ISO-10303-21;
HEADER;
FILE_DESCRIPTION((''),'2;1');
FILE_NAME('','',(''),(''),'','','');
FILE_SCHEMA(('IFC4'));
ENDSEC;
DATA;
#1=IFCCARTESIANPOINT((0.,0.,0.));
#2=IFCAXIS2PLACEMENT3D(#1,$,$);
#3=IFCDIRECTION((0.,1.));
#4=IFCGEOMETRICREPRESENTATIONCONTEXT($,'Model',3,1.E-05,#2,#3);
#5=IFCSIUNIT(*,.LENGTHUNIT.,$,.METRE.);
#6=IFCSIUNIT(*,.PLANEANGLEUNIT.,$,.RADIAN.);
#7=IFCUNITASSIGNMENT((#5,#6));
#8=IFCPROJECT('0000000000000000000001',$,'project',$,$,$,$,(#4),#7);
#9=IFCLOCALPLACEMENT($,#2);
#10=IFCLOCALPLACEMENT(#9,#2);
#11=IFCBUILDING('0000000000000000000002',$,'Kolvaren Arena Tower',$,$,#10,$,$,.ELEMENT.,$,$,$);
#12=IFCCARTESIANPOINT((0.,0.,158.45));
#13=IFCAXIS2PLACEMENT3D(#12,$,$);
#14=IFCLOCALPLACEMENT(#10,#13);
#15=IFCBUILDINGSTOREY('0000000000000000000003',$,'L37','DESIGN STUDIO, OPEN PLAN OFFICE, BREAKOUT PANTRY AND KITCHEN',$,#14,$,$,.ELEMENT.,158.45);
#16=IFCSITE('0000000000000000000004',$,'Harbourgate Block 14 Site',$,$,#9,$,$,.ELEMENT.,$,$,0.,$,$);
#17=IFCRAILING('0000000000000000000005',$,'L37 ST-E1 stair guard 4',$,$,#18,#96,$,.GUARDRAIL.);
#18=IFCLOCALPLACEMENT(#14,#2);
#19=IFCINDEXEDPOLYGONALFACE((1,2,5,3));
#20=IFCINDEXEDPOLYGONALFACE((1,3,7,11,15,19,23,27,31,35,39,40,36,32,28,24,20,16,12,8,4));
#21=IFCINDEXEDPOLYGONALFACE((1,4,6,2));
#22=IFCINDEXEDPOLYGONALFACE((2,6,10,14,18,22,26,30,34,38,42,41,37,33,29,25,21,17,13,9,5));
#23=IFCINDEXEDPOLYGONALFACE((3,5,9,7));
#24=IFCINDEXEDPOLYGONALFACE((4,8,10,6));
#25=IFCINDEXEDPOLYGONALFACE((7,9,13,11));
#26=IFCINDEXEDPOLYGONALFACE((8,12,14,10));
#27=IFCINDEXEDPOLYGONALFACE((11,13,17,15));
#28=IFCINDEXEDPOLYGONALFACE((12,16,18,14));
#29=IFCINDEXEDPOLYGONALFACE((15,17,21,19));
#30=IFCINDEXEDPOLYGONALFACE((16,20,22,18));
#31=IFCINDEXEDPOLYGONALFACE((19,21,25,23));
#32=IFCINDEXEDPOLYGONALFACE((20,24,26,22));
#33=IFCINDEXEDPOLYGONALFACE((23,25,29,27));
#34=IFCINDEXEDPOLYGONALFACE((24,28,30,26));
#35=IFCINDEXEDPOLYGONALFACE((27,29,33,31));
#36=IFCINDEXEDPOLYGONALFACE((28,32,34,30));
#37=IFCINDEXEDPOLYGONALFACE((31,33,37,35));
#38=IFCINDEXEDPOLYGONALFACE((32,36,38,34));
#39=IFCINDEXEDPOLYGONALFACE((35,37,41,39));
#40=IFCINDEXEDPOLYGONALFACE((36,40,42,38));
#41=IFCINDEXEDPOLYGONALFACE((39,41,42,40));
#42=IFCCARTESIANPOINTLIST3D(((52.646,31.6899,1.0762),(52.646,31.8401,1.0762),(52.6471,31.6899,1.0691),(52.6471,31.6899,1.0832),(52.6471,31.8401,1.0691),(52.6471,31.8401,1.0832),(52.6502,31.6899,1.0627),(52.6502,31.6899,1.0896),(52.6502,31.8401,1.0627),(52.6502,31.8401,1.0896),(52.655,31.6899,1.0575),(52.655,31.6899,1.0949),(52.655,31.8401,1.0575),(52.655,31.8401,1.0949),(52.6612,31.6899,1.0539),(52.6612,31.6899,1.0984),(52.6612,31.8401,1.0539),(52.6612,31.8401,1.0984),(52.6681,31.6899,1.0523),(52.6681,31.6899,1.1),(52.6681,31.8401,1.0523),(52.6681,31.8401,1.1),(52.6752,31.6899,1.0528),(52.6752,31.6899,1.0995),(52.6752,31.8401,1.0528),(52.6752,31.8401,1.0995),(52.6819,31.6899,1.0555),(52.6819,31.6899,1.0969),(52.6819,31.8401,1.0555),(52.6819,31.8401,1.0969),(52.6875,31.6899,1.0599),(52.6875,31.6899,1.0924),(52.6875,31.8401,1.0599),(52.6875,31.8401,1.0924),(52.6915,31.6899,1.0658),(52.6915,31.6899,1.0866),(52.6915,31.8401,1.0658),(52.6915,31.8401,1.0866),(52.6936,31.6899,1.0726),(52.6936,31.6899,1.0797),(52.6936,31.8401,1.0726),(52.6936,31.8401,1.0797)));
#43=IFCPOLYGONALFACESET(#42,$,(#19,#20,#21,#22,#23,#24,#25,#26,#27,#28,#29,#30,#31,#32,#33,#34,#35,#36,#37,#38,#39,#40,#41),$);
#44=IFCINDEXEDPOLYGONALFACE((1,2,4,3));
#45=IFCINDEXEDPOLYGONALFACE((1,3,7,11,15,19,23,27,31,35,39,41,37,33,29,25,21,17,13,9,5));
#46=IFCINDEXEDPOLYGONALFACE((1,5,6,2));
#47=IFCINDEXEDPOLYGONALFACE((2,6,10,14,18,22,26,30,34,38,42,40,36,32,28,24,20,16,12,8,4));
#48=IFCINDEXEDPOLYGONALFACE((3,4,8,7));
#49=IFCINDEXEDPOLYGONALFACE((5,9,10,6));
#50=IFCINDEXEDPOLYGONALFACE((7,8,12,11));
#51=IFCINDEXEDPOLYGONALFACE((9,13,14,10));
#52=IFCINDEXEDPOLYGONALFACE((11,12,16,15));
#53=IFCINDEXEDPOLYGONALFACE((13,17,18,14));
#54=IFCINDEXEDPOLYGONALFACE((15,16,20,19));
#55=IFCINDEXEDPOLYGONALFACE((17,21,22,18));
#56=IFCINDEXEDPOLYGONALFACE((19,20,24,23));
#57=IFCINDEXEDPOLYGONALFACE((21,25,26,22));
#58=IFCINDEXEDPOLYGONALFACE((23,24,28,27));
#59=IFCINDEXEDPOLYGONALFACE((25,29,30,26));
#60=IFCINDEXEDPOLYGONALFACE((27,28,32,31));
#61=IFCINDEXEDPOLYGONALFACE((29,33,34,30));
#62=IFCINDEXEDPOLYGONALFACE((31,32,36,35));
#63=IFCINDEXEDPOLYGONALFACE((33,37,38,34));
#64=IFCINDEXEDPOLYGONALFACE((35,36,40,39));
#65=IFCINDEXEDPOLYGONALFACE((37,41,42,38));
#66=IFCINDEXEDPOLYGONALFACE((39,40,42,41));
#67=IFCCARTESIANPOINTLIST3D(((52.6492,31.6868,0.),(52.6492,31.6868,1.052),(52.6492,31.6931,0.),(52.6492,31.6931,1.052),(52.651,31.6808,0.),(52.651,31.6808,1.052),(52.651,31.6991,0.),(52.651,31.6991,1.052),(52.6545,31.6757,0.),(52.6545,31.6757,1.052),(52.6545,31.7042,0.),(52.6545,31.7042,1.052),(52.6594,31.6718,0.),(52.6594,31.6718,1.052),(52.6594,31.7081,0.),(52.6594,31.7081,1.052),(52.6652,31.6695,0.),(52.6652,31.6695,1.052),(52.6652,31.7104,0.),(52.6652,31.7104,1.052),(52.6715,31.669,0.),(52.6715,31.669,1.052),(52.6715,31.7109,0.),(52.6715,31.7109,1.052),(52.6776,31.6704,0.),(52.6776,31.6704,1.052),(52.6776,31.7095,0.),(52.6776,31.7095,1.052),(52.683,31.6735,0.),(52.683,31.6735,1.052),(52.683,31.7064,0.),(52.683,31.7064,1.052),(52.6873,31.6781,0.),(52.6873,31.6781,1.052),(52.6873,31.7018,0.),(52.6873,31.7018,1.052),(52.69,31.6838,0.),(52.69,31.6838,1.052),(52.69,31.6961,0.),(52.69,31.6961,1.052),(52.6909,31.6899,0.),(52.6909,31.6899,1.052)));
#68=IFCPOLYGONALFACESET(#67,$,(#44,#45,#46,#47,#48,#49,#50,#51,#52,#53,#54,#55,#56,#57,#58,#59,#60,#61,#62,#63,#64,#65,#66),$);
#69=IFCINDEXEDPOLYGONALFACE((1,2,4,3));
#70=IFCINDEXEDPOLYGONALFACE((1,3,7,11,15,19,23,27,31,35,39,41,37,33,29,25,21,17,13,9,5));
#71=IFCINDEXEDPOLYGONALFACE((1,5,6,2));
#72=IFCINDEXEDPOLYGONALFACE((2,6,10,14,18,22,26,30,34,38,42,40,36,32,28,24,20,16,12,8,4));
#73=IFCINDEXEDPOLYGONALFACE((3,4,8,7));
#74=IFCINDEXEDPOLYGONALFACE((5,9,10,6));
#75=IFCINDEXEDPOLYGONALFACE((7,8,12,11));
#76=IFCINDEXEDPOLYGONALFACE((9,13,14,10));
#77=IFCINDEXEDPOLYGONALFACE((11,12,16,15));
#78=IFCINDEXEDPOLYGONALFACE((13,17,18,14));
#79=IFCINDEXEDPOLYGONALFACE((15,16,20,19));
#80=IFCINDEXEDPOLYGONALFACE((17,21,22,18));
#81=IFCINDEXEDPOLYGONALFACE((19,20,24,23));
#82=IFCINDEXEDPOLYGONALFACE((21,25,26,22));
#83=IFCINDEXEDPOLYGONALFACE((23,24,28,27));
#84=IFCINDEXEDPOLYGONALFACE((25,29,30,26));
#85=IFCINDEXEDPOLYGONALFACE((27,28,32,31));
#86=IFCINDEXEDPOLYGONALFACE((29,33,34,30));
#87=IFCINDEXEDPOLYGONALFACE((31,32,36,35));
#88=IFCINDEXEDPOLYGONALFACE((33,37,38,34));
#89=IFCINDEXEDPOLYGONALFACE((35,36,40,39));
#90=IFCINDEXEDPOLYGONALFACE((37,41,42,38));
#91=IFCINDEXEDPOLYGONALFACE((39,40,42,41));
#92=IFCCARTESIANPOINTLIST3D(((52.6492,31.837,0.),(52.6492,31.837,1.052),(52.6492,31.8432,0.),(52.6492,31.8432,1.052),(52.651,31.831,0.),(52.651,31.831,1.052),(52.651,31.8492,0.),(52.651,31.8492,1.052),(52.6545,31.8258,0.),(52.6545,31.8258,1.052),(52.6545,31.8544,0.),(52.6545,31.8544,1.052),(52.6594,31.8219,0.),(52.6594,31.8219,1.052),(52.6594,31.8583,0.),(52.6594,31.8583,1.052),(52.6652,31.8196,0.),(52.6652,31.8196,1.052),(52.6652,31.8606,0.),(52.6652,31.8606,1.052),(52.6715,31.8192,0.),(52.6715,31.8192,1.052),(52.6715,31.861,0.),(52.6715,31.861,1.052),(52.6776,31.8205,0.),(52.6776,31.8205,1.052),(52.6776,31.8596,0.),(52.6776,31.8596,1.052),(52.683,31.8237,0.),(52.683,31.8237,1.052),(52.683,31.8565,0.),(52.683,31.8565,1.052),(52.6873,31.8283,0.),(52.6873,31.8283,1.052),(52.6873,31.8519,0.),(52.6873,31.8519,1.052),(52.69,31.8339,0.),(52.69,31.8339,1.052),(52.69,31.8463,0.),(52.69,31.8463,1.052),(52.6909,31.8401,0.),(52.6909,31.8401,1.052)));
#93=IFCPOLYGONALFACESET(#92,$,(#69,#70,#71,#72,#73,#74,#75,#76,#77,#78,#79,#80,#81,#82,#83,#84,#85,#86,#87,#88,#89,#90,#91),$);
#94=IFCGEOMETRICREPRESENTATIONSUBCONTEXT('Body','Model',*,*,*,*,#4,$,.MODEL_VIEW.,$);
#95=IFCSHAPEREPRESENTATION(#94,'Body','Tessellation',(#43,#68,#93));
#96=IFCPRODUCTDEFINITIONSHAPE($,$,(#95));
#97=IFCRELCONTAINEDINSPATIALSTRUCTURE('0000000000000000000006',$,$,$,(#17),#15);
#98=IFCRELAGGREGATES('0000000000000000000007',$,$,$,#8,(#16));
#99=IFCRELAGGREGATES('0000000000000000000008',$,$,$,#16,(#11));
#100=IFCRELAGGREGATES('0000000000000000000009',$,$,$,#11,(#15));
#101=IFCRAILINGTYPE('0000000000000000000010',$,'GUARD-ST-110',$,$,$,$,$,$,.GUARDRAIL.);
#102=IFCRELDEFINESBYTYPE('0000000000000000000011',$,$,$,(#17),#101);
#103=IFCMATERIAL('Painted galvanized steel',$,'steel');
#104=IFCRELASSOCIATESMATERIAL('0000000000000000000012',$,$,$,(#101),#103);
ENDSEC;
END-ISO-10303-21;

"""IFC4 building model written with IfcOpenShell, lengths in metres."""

from ifc_helpers import new_model, si_unit, direction, frame, origin, origin_2d, place, context, subcontext, project, spatial, circle, extrude, material, type_object, element, save


model = new_model("IFC4")

# Units and contexts
model_context = context("Model", 3, precision=1e-05, world=origin(), true_north=direction((0.0, 1.0)))
body_context = subcontext(model_context, "Body", "Model", "MODEL_VIEW")
ifc_project = project(units=[si_unit("LENGTHUNIT", "METRE"), si_unit("PLANEANGLEUNIT", "RADIAN")], contexts=[model_context])

# Site, building, storey
site_placement = place(None, origin())
site = spatial("IfcSite", under=ifc_project, at=site_placement, Name="Harbourgate Block 14 Site", CompositionType="ELEMENT", RefElevation=0.0)
building_placement = place(site_placement, origin())
building = spatial("IfcBuilding", under=site, at=building_placement, Name="Kolvaren Arena Tower", CompositionType="ELEMENT")
storey_placement = place(building_placement, frame((0.0, 0.0, 158.45)))
storey = spatial("IfcBuildingStorey", under=building, at=storey_placement, Name="L37", Description="DESIGN STUDIO, OPEN PLAN OFFICE, BREAKOUT PANTRY AND KITCHEN", CompositionType="ELEMENT", Elevation=158.45)

# Railing
ifc_material_1 = material(Name="Painted galvanized steel", Category="steel")
railing_type_1 = type_object("IfcRailingType", Name="GUARD-ST-110", PredefinedType="GUARDRAIL", material=ifc_material_1)
railing_1_placement = place(storey_placement, frame((52.6699, 31.6899, 0.0)))
element("IfcRailing", 1, at=railing_1_placement, inside=storey, type_object=railing_type_1, Name="L37 ST-E1 stair guard 4", PredefinedType="GUARDRAIL", context=body_context, shape_type="SweptSolid", body=[
    extrude(circle(Radius=0.0239, at=origin_2d()), frame((0.0, 0.0, 1.0762), z_axis=(0.0, 1.0, 0.0), x_axis=(-1.0, 0.0, 0.0)), (0.0, 0.0, 1.0), 0.1501),
    extrude(circle(Radius=0.021, at=origin_2d()), origin(), (0.0, 0.0, 1.0), 1.052),
    extrude(circle(Radius=0.021, at=origin_2d()), frame((0.0, 0.1501, 0.0)), (0.0, 0.0, 1.0), 1.052),
])

save(model, "model.ifc")
